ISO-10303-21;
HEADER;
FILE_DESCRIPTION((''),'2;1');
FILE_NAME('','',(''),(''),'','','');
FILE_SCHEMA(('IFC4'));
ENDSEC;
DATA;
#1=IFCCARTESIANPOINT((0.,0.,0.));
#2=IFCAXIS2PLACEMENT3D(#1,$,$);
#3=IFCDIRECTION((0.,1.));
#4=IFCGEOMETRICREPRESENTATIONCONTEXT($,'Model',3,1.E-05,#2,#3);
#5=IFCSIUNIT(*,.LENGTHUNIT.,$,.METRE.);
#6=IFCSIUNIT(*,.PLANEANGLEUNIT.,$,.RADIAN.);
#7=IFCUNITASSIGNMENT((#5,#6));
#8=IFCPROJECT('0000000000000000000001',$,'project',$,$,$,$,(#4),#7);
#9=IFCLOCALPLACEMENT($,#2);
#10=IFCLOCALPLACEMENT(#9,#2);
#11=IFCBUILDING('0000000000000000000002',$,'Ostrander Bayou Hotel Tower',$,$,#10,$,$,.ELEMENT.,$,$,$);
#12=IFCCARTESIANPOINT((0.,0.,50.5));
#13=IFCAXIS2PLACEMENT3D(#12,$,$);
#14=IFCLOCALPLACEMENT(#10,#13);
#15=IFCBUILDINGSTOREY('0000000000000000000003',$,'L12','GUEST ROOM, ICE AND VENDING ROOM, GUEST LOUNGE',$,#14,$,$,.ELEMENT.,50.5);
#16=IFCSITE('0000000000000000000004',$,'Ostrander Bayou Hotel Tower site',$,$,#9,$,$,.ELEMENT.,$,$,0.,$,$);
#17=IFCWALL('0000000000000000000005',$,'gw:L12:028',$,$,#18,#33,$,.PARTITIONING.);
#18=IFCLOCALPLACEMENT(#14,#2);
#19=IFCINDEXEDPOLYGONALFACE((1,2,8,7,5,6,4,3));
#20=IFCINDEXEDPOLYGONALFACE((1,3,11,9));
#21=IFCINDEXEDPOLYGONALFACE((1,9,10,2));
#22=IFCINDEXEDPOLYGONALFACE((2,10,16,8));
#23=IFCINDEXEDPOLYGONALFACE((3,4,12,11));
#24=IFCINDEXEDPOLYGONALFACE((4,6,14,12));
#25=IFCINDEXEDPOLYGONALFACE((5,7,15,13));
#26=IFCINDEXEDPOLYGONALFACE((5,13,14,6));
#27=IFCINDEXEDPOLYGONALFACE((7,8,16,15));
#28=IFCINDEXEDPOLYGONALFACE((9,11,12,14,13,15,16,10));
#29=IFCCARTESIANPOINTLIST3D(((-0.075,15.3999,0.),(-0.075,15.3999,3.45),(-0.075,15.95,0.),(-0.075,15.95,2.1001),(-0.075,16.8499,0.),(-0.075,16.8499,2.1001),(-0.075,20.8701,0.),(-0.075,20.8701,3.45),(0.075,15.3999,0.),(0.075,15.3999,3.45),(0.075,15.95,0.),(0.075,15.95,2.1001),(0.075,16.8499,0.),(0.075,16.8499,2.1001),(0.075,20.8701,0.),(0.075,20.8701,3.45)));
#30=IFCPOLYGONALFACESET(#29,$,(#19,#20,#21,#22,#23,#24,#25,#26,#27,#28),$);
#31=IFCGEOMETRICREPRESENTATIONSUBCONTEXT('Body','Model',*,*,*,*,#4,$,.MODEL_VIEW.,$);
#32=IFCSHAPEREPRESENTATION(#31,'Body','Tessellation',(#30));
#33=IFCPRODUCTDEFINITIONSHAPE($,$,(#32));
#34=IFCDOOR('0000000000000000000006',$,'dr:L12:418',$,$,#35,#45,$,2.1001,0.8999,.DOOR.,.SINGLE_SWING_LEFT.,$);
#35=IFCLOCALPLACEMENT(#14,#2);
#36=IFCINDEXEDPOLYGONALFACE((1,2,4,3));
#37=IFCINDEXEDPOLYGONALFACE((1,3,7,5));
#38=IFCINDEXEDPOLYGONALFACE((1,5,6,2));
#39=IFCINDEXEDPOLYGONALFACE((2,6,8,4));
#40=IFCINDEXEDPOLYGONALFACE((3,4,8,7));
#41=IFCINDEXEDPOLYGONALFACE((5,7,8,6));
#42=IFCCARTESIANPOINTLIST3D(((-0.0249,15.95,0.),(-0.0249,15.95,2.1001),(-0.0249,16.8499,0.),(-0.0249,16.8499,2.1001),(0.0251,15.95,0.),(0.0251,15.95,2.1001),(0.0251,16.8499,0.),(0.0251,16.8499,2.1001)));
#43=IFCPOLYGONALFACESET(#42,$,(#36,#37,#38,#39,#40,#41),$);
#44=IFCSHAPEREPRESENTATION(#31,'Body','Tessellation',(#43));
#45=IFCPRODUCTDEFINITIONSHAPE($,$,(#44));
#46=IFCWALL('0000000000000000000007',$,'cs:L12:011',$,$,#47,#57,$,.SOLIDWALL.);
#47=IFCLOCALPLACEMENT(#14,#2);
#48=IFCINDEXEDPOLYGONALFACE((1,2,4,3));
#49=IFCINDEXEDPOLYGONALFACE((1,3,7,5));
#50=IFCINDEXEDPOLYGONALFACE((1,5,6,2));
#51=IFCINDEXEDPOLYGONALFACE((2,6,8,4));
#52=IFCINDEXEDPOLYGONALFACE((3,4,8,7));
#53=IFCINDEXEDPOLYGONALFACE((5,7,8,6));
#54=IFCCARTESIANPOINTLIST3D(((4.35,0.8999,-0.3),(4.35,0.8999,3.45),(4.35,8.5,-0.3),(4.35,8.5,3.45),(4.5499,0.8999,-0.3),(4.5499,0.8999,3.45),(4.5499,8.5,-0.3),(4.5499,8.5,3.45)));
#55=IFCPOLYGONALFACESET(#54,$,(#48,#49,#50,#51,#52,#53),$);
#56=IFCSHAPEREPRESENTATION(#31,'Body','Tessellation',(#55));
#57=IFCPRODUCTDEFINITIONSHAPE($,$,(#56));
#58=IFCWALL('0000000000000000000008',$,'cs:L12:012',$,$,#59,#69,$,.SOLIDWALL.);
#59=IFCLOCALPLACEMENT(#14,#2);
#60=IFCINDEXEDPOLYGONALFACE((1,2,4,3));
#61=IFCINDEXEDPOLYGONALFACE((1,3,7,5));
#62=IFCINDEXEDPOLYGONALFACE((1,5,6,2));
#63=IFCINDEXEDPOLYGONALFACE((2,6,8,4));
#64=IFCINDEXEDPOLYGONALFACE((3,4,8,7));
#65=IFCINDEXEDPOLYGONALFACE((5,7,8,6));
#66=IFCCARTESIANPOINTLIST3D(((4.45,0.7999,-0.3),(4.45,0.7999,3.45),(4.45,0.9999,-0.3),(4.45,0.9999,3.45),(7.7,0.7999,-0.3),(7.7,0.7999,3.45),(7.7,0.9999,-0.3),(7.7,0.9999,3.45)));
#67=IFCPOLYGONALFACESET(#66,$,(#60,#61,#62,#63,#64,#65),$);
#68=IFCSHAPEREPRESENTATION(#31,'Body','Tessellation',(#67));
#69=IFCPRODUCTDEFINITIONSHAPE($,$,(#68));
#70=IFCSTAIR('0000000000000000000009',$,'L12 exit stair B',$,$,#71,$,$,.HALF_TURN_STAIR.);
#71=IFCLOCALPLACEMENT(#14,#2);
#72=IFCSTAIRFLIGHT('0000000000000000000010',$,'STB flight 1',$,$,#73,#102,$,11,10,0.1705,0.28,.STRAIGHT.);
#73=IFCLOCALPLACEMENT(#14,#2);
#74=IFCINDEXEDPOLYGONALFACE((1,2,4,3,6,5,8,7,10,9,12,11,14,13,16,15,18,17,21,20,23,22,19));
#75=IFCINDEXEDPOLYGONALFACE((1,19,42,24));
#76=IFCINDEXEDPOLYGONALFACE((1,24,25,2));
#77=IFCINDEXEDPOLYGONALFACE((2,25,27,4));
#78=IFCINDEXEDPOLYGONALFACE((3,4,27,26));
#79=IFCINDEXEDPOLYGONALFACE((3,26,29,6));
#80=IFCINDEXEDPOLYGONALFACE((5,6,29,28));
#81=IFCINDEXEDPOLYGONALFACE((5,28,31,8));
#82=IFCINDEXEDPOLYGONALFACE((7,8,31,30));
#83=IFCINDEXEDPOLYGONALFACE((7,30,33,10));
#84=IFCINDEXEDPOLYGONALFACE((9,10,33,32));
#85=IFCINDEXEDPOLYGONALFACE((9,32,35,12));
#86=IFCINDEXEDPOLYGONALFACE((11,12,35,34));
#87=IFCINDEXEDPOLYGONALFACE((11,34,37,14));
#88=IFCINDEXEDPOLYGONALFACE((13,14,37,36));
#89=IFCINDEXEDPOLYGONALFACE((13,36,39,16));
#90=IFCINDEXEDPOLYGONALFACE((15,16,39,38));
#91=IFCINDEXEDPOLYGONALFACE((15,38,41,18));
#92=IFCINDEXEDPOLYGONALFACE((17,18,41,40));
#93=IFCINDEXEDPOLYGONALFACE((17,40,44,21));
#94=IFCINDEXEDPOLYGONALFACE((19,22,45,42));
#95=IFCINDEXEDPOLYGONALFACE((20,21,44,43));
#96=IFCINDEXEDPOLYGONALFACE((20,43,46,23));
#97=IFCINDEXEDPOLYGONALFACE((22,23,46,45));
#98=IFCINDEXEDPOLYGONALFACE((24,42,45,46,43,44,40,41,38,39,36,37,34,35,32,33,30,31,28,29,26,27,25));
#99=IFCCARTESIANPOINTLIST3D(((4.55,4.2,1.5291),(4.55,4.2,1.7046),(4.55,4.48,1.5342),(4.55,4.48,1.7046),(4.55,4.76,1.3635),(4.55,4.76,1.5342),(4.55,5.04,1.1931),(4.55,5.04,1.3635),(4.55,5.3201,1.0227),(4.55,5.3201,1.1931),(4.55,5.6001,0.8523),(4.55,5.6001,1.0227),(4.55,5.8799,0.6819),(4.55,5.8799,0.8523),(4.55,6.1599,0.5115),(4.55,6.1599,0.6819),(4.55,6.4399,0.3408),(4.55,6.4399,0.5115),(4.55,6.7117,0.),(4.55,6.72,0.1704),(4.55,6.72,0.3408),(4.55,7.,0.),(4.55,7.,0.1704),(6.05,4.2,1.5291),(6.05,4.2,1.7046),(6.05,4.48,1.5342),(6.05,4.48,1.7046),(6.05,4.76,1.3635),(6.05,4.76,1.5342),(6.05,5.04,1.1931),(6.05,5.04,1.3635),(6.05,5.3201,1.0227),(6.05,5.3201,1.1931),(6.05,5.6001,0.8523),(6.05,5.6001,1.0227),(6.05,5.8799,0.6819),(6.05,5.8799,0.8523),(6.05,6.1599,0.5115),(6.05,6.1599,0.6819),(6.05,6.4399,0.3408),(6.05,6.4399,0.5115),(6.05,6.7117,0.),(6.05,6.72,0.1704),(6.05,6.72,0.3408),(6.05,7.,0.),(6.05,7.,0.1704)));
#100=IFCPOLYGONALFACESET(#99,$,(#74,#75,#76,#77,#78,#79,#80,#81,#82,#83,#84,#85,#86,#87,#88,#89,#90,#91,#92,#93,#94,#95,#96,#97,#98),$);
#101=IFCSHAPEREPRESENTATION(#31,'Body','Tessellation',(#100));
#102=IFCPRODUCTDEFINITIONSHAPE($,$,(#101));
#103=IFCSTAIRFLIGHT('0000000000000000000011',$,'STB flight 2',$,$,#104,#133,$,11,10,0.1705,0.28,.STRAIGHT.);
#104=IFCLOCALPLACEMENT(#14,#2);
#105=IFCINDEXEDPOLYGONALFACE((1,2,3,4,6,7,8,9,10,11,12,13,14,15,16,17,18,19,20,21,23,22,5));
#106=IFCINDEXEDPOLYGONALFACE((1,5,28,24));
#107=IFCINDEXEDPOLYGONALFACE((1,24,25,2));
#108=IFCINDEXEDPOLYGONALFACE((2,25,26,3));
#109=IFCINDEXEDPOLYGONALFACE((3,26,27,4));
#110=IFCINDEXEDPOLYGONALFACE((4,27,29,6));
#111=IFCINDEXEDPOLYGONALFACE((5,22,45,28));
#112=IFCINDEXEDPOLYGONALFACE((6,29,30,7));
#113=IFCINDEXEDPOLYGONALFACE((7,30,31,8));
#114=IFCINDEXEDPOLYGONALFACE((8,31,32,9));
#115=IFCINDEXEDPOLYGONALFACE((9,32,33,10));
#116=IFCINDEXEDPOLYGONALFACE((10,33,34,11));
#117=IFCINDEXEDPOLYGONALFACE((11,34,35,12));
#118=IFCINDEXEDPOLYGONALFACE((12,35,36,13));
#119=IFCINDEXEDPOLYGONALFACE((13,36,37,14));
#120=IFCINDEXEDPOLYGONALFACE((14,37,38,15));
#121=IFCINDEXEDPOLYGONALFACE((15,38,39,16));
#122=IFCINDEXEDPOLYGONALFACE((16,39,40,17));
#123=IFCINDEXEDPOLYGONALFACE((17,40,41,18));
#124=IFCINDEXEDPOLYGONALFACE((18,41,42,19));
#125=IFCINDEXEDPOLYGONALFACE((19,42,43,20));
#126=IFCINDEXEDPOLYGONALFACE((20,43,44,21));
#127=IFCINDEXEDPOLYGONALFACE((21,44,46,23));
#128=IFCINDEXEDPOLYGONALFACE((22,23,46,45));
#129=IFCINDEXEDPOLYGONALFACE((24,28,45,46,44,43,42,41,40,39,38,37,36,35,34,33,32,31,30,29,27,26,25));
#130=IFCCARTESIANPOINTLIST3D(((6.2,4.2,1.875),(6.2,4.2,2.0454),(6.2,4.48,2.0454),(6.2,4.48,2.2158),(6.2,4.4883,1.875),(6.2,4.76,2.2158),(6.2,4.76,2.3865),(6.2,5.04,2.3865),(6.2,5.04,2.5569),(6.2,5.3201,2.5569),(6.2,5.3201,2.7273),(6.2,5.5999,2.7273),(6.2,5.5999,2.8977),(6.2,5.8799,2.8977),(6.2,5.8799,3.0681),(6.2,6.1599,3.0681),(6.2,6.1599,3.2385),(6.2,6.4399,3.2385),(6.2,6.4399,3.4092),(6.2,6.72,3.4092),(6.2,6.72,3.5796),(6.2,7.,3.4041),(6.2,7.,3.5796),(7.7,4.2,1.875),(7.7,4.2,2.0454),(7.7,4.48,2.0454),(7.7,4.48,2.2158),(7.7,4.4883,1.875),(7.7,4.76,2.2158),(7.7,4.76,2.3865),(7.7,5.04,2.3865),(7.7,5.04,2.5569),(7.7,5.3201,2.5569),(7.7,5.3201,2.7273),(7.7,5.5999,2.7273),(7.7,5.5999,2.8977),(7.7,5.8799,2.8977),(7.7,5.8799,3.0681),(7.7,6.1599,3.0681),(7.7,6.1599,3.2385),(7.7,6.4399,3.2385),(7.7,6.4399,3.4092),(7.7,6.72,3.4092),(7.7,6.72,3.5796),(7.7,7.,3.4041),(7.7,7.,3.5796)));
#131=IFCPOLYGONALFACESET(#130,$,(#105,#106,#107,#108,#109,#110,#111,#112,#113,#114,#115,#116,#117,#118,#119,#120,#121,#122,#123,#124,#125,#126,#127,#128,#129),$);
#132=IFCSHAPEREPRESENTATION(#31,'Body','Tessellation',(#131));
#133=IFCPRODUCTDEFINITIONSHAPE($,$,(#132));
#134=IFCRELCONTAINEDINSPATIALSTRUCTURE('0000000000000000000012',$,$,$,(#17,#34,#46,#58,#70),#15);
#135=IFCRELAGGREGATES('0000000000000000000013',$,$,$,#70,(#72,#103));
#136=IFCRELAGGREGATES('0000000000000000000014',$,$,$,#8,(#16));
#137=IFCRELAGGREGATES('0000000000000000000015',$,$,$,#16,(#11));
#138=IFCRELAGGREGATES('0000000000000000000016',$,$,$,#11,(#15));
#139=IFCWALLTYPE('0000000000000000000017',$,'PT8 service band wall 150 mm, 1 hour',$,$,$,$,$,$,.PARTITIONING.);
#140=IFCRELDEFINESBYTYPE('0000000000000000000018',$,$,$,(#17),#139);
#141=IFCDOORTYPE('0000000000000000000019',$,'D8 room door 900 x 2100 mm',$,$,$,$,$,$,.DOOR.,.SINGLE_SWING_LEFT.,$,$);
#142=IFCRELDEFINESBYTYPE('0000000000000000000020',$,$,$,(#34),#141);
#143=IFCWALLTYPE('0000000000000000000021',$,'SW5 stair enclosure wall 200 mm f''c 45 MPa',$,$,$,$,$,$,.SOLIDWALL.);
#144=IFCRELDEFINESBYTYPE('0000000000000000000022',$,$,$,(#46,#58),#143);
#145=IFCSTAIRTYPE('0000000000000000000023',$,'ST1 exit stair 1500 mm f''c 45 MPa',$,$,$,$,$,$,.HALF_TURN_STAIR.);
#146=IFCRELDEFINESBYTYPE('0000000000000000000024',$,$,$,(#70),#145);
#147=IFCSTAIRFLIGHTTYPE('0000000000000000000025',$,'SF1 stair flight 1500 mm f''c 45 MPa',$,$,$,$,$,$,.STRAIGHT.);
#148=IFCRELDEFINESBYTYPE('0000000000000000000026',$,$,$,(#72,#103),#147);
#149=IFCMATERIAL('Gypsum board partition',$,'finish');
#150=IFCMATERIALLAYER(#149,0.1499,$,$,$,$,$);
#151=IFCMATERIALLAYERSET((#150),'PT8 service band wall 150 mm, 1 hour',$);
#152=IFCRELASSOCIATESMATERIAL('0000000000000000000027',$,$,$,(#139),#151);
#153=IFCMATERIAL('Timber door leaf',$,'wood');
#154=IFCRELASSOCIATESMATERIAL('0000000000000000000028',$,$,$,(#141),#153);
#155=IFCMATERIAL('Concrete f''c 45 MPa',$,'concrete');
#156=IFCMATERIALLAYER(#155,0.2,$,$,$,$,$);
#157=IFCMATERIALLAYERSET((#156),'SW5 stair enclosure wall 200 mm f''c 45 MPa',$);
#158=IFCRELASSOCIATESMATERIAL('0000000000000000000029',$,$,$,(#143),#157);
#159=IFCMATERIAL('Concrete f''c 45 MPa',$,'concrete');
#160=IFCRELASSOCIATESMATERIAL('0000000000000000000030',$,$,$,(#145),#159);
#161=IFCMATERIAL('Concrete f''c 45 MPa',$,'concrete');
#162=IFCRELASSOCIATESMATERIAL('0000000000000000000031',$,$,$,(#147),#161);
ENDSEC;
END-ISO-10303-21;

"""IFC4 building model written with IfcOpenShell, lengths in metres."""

from ifc_helpers import new_model, si_unit, direction, frame, frame_2d, origin, place, context, subcontext, project, spatial, polyline, rectangle, outline, extrude, material, layer, layer_set, type_object, element, fill, aggregate, save


model = new_model("IFC4")

# Units and contexts
model_context = context("Model", 3, precision=1e-05, world=origin(), true_north=direction((0.0, 1.0)))
body_context = subcontext(model_context, "Body", "Model", "MODEL_VIEW")
ifc_project = project(units=[si_unit("LENGTHUNIT", "METRE"), si_unit("PLANEANGLEUNIT", "RADIAN")], contexts=[model_context])

# Site, building, storey
site_placement = place(None, origin())
site = spatial("IfcSite", under=ifc_project, at=site_placement, Name="Ostrander Bayou Hotel Tower site", CompositionType="ELEMENT", RefElevation=0.0)
building_placement = place(site_placement, origin())
building = spatial("IfcBuilding", under=site, at=building_placement, Name="Ostrander Bayou Hotel Tower", CompositionType="ELEMENT")
storey_placement = place(building_placement, frame((0.0, 0.0, 50.5)))
storey = spatial("IfcBuildingStorey", under=building, at=storey_placement, Name="L12", Description="GUEST ROOM, ICE AND VENDING ROOM, GUEST LOUNGE", CompositionType="ELEMENT", Elevation=50.5)

# Shared definitions
ifc_material_1 = material(Name="Gypsum board partition", Category="finish")
ifc_layer_1 = layer(ifc_material_1, 0.1499)
ifc_layer_set_1 = layer_set([ifc_layer_1], Name="PT8 service band wall 150 mm, 1 hour")
wall_type_1 = type_object("IfcWallType", Name="PT8 service band wall 150 mm, 1 hour", PredefinedType="PARTITIONING", material=ifc_layer_set_1)

# Wall, opening, door
wall_1_placement = place(storey_placement, frame((0.0, 15.3999, 0.0), z_axis=(0.0, 0.0, 1.0), x_axis=(0.0, 1.0, 0.0)))
wall_1 = element("IfcWall", 1, at=wall_1_placement, inside=storey, type_object=wall_type_1, Name="gw:L12:028", PredefinedType="PARTITIONING", context=body_context, shape_type="SweptSolid", body=[
    extrude(rectangle(XDim=5.4702, YDim=0.1499, at=frame_2d((2.7351, 0.0))), origin(), (0.0, 0.0, 1.0), 3.45),
])
opening_1_placement = place(wall_1_placement, frame((0.55, 0.0, 0.0)))
opening_1 = element("IfcOpeningElement", 2, at=opening_1_placement, cuts=wall_1, PredefinedType="OPENING", context=body_context, shape_type="SweptSolid", body=[
    extrude(rectangle(XDim=0.8999, YDim=2.1001, at=frame_2d((0.45, 1.05))), frame((0.0, 0.075, 0.0), z_axis=(0.0, -1.0, 0.0), x_axis=(1.0, 0.0, 0.0)), (0.0, 0.0, 1.0), 0.1499),
])
ifc_material_2 = material(Name="Timber door leaf", Category="wood")
door_type_1 = type_object("IfcDoorType", Name="D8 room door 900 x 2100 mm", OperationType="SINGLE_SWING_LEFT", PredefinedType="DOOR", material=ifc_material_2)
door_1_placement = place(opening_1_placement, origin())
door_1 = element("IfcDoor", 3, at=door_1_placement, inside=storey, type_object=door_type_1, Name="dr:L12:418", OperationType="SINGLE_SWING_LEFT", OverallHeight=2.1001, OverallWidth=0.8999, PredefinedType="DOOR", context=body_context, shape_type="SweptSolid", body=[
    extrude(rectangle(XDim=0.8999, YDim=2.1001, at=frame_2d((0.45, 1.05))), frame((0.0, 0.0249, 0.0), z_axis=(0.0, -1.0, 0.0), x_axis=(1.0, 0.0, 0.0)), (0.0, 0.0, 1.0), 0.05),
])
fill(opening_1, door_1)

# Walls
ifc_material_3 = material(Name="Concrete f'c 45 MPa", Category="concrete")
ifc_layer_2 = layer(ifc_material_3, 0.2)
ifc_layer_set_2 = layer_set([ifc_layer_2], Name="SW5 stair enclosure wall 200 mm f'c 45 MPa")
wall_type_2 = type_object("IfcWallType", Name="SW5 stair enclosure wall 200 mm f'c 45 MPa", PredefinedType="SOLIDWALL", material=ifc_layer_set_2)
wall_2_placement = place(storey_placement, frame((4.45, 0.8999, -0.3), z_axis=(0.0, 0.0, 1.0), x_axis=(0.0, 1.0, 0.0)))
element("IfcWall", 4, at=wall_2_placement, inside=storey, type_object=wall_type_2, Name="cs:L12:011", PredefinedType="SOLIDWALL", context=body_context, shape_type="SweptSolid", body=[
    extrude(rectangle(XDim=7.6001, YDim=0.2, at=frame_2d((3.8, 0.0))), origin(), (0.0, 0.0, 1.0), 3.75),
])
wall_3_placement = place(storey_placement, frame((4.45, 0.8999, -0.3), z_axis=(0.0, 0.0, 1.0), x_axis=(1.0, 0.0, 0.0)))
element("IfcWall", 5, at=wall_3_placement, inside=storey, type_object=wall_type_2, Name="cs:L12:012", PredefinedType="SOLIDWALL", context=body_context, shape_type="SweptSolid", body=[
    extrude(rectangle(XDim=3.25, YDim=0.2, at=frame_2d((1.625, 0.0))), origin(), (0.0, 0.0, 1.0), 3.75),
])

# Stair, stair flights
ifc_material_4 = material(Name="Concrete f'c 45 MPa", Category="concrete")
stair_type = type_object("IfcStairType", Name="ST1 exit stair 1500 mm f'c 45 MPa", PredefinedType="HALF_TURN_STAIR", material=ifc_material_4)
stair_placement = place(storey_placement, origin())
stair = element("IfcStair", 6, at=stair_placement, inside=storey, type_object=stair_type, Name="L12 exit stair B", PredefinedType="HALF_TURN_STAIR")
ifc_material_5 = material(Name="Concrete f'c 45 MPa", Category="concrete")
stair_flight_type = type_object("IfcStairFlightType", Name="SF1 stair flight 1500 mm f'c 45 MPa", PredefinedType="STRAIGHT", material=ifc_material_5)
stair_flight_1_placement = place(storey_placement, frame((5.3, 7.0, 0.0), z_axis=(0.0, 0.0, 1.0), x_axis=(0.0, -1.0, 0.0)))
stair_flight_1 = element("IfcStairFlight", 7, at=stair_flight_1_placement, type_object=stair_flight_type, Name="STB flight 1", NumberOfRisers=11, NumberOfTreads=10, PredefinedType="STRAIGHT", RiserHeight=0.1705, TreadLength=0.28, context=body_context, shape_type="SweptSolid", body=[
    extrude(outline(polyline([(0.0, 0.0), (0.0, 0.1704), (0.28, 0.1704), (0.28, 0.3408), (0.5601, 0.3408), (0.5601, 0.5115), (0.8401, 0.5115), (0.8401, 0.6819), (1.1201, 0.6819), (1.1201, 0.8523), (1.3999, 0.8523), (1.3999, 1.0227), (1.6799, 1.0227), (1.6799, 1.1931), (1.96, 1.1931), (1.96, 1.3635), (2.24, 1.3635), (2.24, 1.5342), (2.52, 1.5342), (2.52, 1.7046), (2.8, 1.7046), (2.8, 1.875), (2.8, 1.5291), (0.2883, 0.0), (0.0, 0.0)])), frame((0.0, 0.75, 0.0), z_axis=(0.0, -1.0, 0.0), x_axis=(1.0, 0.0, 0.0)), (0.0, 0.0, 1.0), 1.5),
])
stair_flight_2_placement = place(storey_placement, frame((6.95, 4.2, 1.875), z_axis=(0.0, 0.0, 1.0), x_axis=(0.0, 1.0, 0.0)))
stair_flight_2 = element("IfcStairFlight", 8, at=stair_flight_2_placement, type_object=stair_flight_type, Name="STB flight 2", NumberOfRisers=11, NumberOfTreads=10, PredefinedType="STRAIGHT", RiserHeight=0.1705, TreadLength=0.28, context=body_context, shape_type="SweptSolid", body=[
    extrude(outline(polyline([(0.0, 0.0), (0.0, 0.1704), (0.28, 0.1704), (0.28, 0.3408), (0.5601, 0.3408), (0.5601, 0.5115), (0.8401, 0.5115), (0.8401, 0.6819), (1.1201, 0.6819), (1.1201, 0.8523), (1.3999, 0.8523), (1.3999, 1.0227), (1.6799, 1.0227), (1.6799, 1.1931), (1.96, 1.1931), (1.96, 1.3635), (2.24, 1.3635), (2.24, 1.5342), (2.52, 1.5342), (2.52, 1.7046), (2.8, 1.7046), (2.8, 1.875), (2.8, 1.5291), (0.2883, 0.0), (0.0, 0.0)])), frame((0.0, 0.75, 0.0), z_axis=(0.0, -1.0, 0.0), x_axis=(1.0, 0.0, 0.0)), (0.0, 0.0, 1.0), 1.5),
])
aggregate(stair, [stair_flight_1, stair_flight_2])

save(model, "model.ifc")
